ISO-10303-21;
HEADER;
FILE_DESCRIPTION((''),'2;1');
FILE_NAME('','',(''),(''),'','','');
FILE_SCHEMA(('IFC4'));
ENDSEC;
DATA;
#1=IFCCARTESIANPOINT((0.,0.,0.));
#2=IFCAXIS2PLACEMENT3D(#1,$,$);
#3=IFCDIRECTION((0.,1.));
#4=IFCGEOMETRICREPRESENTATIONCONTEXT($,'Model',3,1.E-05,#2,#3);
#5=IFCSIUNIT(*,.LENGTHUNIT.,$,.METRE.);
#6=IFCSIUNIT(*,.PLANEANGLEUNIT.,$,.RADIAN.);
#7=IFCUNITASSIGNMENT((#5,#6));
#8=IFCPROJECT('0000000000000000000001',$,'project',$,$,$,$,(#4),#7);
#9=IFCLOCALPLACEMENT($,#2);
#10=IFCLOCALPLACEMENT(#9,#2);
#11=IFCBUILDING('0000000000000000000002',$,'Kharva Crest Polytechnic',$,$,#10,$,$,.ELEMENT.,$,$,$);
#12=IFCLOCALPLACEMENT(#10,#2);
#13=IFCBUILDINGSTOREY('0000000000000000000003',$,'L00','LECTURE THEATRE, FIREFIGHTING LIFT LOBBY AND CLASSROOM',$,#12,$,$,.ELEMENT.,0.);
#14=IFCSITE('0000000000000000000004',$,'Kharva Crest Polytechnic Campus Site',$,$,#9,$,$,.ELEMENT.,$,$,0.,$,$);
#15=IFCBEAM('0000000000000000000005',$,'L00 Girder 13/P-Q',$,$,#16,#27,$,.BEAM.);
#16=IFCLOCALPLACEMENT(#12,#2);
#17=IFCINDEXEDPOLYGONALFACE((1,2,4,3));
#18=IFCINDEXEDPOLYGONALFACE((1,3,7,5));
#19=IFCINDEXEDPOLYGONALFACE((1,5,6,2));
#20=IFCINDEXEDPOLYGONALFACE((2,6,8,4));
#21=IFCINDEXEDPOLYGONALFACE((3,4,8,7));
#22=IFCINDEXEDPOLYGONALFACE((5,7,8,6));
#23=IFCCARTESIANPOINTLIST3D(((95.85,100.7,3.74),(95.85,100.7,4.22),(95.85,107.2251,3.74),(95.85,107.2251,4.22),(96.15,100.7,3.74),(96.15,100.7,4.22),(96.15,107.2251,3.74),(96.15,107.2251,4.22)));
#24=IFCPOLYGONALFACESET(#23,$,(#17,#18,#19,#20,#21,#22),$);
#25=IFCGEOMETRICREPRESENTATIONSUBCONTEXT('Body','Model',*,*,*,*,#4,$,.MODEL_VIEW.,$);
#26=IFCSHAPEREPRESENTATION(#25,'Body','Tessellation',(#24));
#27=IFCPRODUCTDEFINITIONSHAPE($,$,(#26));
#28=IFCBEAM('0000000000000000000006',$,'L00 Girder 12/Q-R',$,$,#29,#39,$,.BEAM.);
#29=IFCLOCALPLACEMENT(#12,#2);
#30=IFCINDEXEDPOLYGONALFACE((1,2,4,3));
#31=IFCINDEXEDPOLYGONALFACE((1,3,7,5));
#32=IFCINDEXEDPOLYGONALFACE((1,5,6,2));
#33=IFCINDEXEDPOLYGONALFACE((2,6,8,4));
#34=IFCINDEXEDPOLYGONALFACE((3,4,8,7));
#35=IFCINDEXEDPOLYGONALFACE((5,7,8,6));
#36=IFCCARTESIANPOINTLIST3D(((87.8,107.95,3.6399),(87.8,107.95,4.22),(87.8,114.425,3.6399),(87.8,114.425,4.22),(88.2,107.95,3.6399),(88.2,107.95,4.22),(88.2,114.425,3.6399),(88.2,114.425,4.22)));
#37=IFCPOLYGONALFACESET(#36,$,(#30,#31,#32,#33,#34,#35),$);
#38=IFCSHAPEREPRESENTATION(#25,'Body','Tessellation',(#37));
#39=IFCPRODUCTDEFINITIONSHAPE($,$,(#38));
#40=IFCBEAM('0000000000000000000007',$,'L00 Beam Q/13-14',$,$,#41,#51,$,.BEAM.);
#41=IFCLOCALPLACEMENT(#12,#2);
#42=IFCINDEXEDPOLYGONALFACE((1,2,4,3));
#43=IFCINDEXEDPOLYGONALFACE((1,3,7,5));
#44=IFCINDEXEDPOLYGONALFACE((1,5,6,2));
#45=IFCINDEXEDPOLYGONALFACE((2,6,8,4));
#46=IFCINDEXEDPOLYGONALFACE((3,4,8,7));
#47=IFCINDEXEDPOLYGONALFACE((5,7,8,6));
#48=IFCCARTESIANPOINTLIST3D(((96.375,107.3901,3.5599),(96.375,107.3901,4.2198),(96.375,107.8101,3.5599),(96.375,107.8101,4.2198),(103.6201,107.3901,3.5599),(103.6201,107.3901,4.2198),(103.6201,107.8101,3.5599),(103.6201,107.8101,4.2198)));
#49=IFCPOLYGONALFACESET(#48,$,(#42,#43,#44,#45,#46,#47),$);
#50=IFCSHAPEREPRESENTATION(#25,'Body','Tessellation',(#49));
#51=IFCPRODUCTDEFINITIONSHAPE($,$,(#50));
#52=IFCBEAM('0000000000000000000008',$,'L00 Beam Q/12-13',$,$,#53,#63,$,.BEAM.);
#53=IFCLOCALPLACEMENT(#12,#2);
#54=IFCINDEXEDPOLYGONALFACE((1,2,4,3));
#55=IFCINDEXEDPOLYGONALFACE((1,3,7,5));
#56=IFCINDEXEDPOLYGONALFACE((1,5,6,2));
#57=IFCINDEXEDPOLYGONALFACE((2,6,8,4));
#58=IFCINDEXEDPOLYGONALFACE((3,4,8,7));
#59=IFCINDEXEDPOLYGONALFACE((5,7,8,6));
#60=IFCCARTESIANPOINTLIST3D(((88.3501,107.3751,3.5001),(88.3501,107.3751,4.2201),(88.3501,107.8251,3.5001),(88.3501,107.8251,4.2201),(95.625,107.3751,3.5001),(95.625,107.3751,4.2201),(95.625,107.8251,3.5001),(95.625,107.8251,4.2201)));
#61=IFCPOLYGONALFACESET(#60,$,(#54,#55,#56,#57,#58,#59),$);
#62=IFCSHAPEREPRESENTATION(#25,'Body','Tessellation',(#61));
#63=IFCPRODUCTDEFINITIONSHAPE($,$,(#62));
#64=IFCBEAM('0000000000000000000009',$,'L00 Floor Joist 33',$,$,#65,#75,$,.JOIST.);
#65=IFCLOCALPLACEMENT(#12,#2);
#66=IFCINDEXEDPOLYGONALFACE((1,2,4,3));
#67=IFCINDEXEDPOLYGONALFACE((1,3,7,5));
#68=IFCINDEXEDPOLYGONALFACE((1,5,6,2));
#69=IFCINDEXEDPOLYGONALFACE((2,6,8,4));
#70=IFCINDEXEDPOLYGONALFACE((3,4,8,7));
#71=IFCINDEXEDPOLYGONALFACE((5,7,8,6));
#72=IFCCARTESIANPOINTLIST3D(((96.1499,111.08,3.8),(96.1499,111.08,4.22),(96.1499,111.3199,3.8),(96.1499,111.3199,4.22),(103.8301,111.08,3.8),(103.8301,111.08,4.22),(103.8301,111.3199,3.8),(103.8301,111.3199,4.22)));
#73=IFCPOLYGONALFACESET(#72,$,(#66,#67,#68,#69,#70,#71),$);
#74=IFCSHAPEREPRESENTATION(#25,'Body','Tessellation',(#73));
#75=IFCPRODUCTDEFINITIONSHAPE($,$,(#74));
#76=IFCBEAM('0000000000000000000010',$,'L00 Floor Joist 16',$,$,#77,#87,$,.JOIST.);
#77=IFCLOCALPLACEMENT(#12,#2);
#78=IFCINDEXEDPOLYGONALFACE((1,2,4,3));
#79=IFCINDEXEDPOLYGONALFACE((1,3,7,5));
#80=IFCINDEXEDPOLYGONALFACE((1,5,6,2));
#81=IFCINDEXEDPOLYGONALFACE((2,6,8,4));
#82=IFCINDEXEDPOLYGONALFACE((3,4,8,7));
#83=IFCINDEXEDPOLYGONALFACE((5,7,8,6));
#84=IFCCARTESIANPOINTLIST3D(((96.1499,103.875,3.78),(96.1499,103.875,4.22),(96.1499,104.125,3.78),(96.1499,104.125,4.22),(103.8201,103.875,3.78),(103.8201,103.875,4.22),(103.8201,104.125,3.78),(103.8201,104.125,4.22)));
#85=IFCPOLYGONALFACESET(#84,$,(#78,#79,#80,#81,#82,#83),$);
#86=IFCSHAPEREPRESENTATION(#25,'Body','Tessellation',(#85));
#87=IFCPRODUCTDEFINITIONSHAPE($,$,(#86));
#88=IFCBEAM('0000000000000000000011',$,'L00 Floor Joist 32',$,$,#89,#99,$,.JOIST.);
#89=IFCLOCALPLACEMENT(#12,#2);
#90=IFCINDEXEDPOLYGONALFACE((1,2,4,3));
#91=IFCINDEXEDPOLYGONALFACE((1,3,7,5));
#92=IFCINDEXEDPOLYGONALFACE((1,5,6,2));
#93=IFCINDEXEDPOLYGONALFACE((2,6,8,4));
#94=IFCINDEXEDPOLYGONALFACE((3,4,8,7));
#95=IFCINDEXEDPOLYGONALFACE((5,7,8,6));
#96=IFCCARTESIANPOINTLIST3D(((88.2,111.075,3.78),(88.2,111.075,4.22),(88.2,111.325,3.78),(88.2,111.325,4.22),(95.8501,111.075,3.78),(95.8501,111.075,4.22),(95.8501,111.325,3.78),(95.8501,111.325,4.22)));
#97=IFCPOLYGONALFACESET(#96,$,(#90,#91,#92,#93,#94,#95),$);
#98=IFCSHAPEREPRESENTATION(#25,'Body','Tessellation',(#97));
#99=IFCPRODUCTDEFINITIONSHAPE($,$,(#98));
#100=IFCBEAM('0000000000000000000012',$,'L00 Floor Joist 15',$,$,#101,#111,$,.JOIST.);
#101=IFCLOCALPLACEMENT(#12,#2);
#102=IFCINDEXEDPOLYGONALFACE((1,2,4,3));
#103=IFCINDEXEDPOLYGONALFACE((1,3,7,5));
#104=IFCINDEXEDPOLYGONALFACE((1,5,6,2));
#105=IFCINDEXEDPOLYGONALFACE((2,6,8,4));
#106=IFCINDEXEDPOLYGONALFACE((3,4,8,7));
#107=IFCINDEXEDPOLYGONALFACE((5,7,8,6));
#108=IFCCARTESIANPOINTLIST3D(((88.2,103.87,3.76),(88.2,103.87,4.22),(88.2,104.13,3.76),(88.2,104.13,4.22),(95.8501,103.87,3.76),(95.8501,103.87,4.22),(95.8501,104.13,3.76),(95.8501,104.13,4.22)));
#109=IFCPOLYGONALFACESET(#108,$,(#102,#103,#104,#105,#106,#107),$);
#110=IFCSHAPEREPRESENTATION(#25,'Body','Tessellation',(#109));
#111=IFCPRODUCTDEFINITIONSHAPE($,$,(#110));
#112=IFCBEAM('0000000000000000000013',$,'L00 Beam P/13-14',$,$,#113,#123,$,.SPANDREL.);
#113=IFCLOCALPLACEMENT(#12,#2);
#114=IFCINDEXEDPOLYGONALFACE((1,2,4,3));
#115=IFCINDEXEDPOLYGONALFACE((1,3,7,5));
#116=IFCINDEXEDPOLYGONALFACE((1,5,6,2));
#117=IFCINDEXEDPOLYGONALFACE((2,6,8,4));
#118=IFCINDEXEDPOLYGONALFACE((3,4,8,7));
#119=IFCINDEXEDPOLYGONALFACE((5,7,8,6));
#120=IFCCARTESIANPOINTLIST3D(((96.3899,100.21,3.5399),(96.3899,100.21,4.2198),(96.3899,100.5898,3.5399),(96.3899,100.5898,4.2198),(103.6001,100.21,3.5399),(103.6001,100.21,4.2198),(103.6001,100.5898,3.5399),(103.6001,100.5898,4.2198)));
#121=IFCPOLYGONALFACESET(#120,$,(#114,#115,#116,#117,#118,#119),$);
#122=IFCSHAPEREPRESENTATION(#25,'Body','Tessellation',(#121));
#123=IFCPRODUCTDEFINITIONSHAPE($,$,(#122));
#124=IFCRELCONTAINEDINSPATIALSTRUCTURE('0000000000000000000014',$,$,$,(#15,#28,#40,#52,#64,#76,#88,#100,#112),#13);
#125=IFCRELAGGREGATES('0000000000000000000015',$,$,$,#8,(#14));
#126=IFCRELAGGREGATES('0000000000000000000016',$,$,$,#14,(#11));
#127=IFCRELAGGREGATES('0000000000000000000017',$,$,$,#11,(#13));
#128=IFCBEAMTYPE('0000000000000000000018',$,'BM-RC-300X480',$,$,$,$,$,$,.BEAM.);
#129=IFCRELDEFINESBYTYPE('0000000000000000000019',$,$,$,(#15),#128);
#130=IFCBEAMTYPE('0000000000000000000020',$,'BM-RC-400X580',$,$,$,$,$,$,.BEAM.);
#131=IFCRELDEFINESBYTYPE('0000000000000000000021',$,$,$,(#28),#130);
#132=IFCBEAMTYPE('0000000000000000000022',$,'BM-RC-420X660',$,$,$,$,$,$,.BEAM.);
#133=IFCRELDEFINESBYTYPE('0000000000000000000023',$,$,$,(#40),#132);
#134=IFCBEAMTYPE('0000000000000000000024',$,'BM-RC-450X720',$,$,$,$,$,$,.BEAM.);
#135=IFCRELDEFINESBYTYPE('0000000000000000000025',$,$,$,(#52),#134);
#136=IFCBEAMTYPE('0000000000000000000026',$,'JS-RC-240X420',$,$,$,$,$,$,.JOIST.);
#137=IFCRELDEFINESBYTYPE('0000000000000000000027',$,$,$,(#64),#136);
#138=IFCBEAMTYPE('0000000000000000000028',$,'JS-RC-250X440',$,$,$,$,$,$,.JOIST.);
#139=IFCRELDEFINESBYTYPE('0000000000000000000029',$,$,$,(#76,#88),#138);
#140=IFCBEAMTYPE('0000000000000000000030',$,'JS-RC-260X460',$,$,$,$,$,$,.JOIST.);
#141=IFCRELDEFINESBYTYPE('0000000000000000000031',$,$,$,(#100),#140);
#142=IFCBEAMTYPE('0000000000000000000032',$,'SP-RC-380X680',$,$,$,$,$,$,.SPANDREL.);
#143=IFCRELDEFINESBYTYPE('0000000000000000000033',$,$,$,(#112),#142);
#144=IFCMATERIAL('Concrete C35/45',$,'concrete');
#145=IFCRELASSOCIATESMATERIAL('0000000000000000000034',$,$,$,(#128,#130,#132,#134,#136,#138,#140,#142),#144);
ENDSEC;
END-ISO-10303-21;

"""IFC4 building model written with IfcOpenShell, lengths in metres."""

from ifc_helpers import new_model, si_unit, direction, frame, origin, origin_2d, place, context, subcontext, project, spatial, rectangle, extrude, material, material_profile, profile_set, type_object, element, save


model = new_model("IFC4")

# Units and contexts
model_context = context("Model", 3, precision=1e-05, world=origin(), true_north=direction((0.0, 1.0)))
body_context = subcontext(model_context, "Body", "Model", "MODEL_VIEW")
ifc_project = project(units=[si_unit("LENGTHUNIT", "METRE"), si_unit("PLANEANGLEUNIT", "RADIAN")], contexts=[model_context])

# Site, building, storey
site_placement = place(None, origin())
site = spatial("IfcSite", under=ifc_project, at=site_placement, Name="Kharva Crest Polytechnic Campus Site", CompositionType="ELEMENT", RefElevation=0.0)
building_placement = place(site_placement, origin())
building = spatial("IfcBuilding", under=site, at=building_placement, Name="Kharva Crest Polytechnic", CompositionType="ELEMENT")
storey_placement = place(building_placement, origin())
storey = spatial("IfcBuildingStorey", under=building, at=storey_placement, Name="L00", Description="LECTURE THEATRE, FIREFIGHTING LIFT LOBBY AND CLASSROOM", CompositionType="ELEMENT", Elevation=0.0)

# Shared definitions
ifc_material_1 = material(Name="Concrete C35/45", Category="concrete")

# Beams
ifc_material_profile_1 = material_profile(ifc_material_1, rectangle(XDim=0.3, YDim=0.48, at=origin_2d()), Name="RECT 300 X 480")
ifc_profile_set_1 = profile_set([ifc_material_profile_1], Name="Concrete C35/45")
beam_type_1 = type_object("IfcBeamType", Name="BM-RC-300X480", PredefinedType="BEAM", material=ifc_profile_set_1)
beam_1_placement = place(storey_placement, frame((96.0, 100.7, 3.98), z_axis=(0.0, 1.0, 0.0), x_axis=(-1.0, 0.0, 0.0)))
element("IfcBeam", 1, at=beam_1_placement, inside=storey, type_object=beam_type_1, Name="L00 Girder 13/P-Q", PredefinedType="BEAM", context=body_context, shape_type="SweptSolid", body=[
    extrude(rectangle(XDim=0.3, YDim=0.48, at=origin_2d()), origin(), (0.0, 0.0, 1.0), 6.5251),
])
ifc_material_profile_2 = material_profile(ifc_material_1, rectangle(XDim=0.3999, YDim=0.5801, at=origin_2d()), Name="RECT 400 X 580")
ifc_profile_set_2 = profile_set([ifc_material_profile_2], Name="Concrete C35/45")
beam_type_2 = type_object("IfcBeamType", Name="BM-RC-400X580", PredefinedType="BEAM", material=ifc_profile_set_2)
beam_2_placement = place(storey_placement, frame((88.0, 107.95, 3.9299), z_axis=(0.0, 1.0, 0.0), x_axis=(-1.0, 0.0, 0.0)))
element("IfcBeam", 2, at=beam_2_placement, inside=storey, type_object=beam_type_2, Name="L00 Girder 12/Q-R", PredefinedType="BEAM", context=body_context, shape_type="SweptSolid", body=[
    extrude(rectangle(XDim=0.3999, YDim=0.5801, at=origin_2d()), origin(), (0.0, 0.0, 1.0), 6.4751),
])
ifc_material_profile_3 = material_profile(ifc_material_1, rectangle(XDim=0.4199, YDim=0.6599, at=origin_2d()), Name="RECT 420 X 660")
ifc_profile_set_3 = profile_set([ifc_material_profile_3], Name="Concrete C35/45")
beam_type_3 = type_object("IfcBeamType", Name="BM-RC-420X660", PredefinedType="BEAM", material=ifc_profile_set_3)
beam_3_placement = place(storey_placement, frame((96.375, 107.6001, 3.8899), z_axis=(1.0, 0.0, 0.0), x_axis=(0.0, 1.0, 0.0)))
element("IfcBeam", 3, at=beam_3_placement, inside=storey, type_object=beam_type_3, Name="L00 Beam Q/13-14", PredefinedType="BEAM", context=body_context, shape_type="SweptSolid", body=[
    extrude(rectangle(XDim=0.4199, YDim=0.6599, at=origin_2d()), origin(), (0.0, 0.0, 1.0), 7.2451),
])
ifc_material_profile_4 = material_profile(ifc_material_1, rectangle(XDim=0.45, YDim=0.72, at=origin_2d()), Name="RECT 450 X 720")
ifc_profile_set_4 = profile_set([ifc_material_profile_4], Name="Concrete C35/45")
beam_type_4 = type_object("IfcBeamType", Name="BM-RC-450X720", PredefinedType="BEAM", material=ifc_profile_set_4)
beam_4_placement = place(storey_placement, frame((88.3501, 107.6001, 3.8601), z_axis=(1.0, 0.0, 0.0), x_axis=(0.0, 1.0, 0.0)))
element("IfcBeam", 4, at=beam_4_placement, inside=storey, type_object=beam_type_4, Name="L00 Beam Q/12-13", PredefinedType="BEAM", context=body_context, shape_type="SweptSolid", body=[
    extrude(rectangle(XDim=0.45, YDim=0.72, at=origin_2d()), origin(), (0.0, 0.0, 1.0), 7.2749),
])
ifc_material_profile_5 = material_profile(ifc_material_1, rectangle(XDim=0.24, YDim=0.4199, at=origin_2d()), Name="RECT 240 X 420")
ifc_profile_set_5 = profile_set([ifc_material_profile_5], Name="Concrete C35/45")
beam_type_5 = type_object("IfcBeamType", Name="JS-RC-240X420", PredefinedType="JOIST", material=ifc_profile_set_5)
beam_5_placement = place(storey_placement, frame((96.1499, 111.2, 4.01), z_axis=(1.0, 0.0, 0.0), x_axis=(0.0, 1.0, 0.0)))
element("IfcBeam", 5, at=beam_5_placement, inside=storey, type_object=beam_type_5, Name="L00 Floor Joist 33", PredefinedType="JOIST", context=body_context, shape_type="SweptSolid", body=[
    extrude(rectangle(XDim=0.24, YDim=0.4199, at=origin_2d()), origin(), (0.0, 0.0, 1.0), 7.6802),
])
ifc_material_profile_6 = material_profile(ifc_material_1, rectangle(XDim=0.25, YDim=0.4399, at=origin_2d()), Name="RECT 250 X 440")
ifc_profile_set_6 = profile_set([ifc_material_profile_6], Name="Concrete C35/45")
beam_type_6 = type_object("IfcBeamType", Name="JS-RC-250X440", PredefinedType="JOIST", material=ifc_profile_set_6)
beam_6_placement = place(storey_placement, frame((96.1499, 104.0, 4.0), z_axis=(1.0, 0.0, 0.0), x_axis=(0.0, 1.0, 0.0)))
element("IfcBeam", 6, at=beam_6_placement, inside=storey, type_object=beam_type_6, Name="L00 Floor Joist 16", PredefinedType="JOIST", context=body_context, shape_type="SweptSolid", body=[
    extrude(rectangle(XDim=0.25, YDim=0.4399, at=origin_2d()), origin(), (0.0, 0.0, 1.0), 7.6702),
])
beam_7_placement = place(storey_placement, frame((88.2, 111.2, 4.0), z_axis=(1.0, 0.0, 0.0), x_axis=(0.0, 1.0, 0.0)))
element("IfcBeam", 7, at=beam_7_placement, inside=storey, type_object=beam_type_6, Name="L00 Floor Joist 32", PredefinedType="JOIST", context=body_context, shape_type="SweptSolid", body=[
    extrude(rectangle(XDim=0.25, YDim=0.4399, at=origin_2d()), origin(), (0.0, 0.0, 1.0), 7.6501),
])
ifc_material_profile_7 = material_profile(ifc_material_1, rectangle(XDim=0.26, YDim=0.46, at=origin_2d()), Name="RECT 260 X 460")
ifc_profile_set_7 = profile_set([ifc_material_profile_7], Name="Concrete C35/45")
beam_type_7 = type_object("IfcBeamType", Name="JS-RC-260X460", PredefinedType="JOIST", material=ifc_profile_set_7)
beam_8_placement = place(storey_placement, frame((88.2, 104.0, 3.99), z_axis=(1.0, 0.0, 0.0), x_axis=(0.0, 1.0, 0.0)))
element("IfcBeam", 8, at=beam_8_placement, inside=storey, type_object=beam_type_7, Name="L00 Floor Joist 15", PredefinedType="JOIST", context=body_context, shape_type="SweptSolid", body=[
    extrude(rectangle(XDim=0.26, YDim=0.46, at=origin_2d()), origin(), (0.0, 0.0, 1.0), 7.6501),
])
ifc_material_profile_8 = material_profile(ifc_material_1, rectangle(XDim=0.3799, YDim=0.6799, at=origin_2d()), Name="RECT 380 X 680")
ifc_profile_set_8 = profile_set([ifc_material_profile_8], Name="Concrete C35/45")
beam_type_8 = type_object("IfcBeamType", Name="SP-RC-380X680", PredefinedType="SPANDREL", material=ifc_profile_set_8)
beam_9_placement = place(storey_placement, frame((96.3899, 100.3999, 3.8799), z_axis=(1.0, 0.0, 0.0), x_axis=(0.0, 1.0, 0.0)))
element("IfcBeam", 9, at=beam_9_placement, inside=storey, type_object=beam_type_8, Name="L00 Beam P/13-14", PredefinedType="SPANDREL", context=body_context, shape_type="SweptSolid", body=[
    extrude(rectangle(XDim=0.3799, YDim=0.6799, at=origin_2d()), origin(), (0.0, 0.0, 1.0), 7.2102),
])

save(model, "model.ifc")
